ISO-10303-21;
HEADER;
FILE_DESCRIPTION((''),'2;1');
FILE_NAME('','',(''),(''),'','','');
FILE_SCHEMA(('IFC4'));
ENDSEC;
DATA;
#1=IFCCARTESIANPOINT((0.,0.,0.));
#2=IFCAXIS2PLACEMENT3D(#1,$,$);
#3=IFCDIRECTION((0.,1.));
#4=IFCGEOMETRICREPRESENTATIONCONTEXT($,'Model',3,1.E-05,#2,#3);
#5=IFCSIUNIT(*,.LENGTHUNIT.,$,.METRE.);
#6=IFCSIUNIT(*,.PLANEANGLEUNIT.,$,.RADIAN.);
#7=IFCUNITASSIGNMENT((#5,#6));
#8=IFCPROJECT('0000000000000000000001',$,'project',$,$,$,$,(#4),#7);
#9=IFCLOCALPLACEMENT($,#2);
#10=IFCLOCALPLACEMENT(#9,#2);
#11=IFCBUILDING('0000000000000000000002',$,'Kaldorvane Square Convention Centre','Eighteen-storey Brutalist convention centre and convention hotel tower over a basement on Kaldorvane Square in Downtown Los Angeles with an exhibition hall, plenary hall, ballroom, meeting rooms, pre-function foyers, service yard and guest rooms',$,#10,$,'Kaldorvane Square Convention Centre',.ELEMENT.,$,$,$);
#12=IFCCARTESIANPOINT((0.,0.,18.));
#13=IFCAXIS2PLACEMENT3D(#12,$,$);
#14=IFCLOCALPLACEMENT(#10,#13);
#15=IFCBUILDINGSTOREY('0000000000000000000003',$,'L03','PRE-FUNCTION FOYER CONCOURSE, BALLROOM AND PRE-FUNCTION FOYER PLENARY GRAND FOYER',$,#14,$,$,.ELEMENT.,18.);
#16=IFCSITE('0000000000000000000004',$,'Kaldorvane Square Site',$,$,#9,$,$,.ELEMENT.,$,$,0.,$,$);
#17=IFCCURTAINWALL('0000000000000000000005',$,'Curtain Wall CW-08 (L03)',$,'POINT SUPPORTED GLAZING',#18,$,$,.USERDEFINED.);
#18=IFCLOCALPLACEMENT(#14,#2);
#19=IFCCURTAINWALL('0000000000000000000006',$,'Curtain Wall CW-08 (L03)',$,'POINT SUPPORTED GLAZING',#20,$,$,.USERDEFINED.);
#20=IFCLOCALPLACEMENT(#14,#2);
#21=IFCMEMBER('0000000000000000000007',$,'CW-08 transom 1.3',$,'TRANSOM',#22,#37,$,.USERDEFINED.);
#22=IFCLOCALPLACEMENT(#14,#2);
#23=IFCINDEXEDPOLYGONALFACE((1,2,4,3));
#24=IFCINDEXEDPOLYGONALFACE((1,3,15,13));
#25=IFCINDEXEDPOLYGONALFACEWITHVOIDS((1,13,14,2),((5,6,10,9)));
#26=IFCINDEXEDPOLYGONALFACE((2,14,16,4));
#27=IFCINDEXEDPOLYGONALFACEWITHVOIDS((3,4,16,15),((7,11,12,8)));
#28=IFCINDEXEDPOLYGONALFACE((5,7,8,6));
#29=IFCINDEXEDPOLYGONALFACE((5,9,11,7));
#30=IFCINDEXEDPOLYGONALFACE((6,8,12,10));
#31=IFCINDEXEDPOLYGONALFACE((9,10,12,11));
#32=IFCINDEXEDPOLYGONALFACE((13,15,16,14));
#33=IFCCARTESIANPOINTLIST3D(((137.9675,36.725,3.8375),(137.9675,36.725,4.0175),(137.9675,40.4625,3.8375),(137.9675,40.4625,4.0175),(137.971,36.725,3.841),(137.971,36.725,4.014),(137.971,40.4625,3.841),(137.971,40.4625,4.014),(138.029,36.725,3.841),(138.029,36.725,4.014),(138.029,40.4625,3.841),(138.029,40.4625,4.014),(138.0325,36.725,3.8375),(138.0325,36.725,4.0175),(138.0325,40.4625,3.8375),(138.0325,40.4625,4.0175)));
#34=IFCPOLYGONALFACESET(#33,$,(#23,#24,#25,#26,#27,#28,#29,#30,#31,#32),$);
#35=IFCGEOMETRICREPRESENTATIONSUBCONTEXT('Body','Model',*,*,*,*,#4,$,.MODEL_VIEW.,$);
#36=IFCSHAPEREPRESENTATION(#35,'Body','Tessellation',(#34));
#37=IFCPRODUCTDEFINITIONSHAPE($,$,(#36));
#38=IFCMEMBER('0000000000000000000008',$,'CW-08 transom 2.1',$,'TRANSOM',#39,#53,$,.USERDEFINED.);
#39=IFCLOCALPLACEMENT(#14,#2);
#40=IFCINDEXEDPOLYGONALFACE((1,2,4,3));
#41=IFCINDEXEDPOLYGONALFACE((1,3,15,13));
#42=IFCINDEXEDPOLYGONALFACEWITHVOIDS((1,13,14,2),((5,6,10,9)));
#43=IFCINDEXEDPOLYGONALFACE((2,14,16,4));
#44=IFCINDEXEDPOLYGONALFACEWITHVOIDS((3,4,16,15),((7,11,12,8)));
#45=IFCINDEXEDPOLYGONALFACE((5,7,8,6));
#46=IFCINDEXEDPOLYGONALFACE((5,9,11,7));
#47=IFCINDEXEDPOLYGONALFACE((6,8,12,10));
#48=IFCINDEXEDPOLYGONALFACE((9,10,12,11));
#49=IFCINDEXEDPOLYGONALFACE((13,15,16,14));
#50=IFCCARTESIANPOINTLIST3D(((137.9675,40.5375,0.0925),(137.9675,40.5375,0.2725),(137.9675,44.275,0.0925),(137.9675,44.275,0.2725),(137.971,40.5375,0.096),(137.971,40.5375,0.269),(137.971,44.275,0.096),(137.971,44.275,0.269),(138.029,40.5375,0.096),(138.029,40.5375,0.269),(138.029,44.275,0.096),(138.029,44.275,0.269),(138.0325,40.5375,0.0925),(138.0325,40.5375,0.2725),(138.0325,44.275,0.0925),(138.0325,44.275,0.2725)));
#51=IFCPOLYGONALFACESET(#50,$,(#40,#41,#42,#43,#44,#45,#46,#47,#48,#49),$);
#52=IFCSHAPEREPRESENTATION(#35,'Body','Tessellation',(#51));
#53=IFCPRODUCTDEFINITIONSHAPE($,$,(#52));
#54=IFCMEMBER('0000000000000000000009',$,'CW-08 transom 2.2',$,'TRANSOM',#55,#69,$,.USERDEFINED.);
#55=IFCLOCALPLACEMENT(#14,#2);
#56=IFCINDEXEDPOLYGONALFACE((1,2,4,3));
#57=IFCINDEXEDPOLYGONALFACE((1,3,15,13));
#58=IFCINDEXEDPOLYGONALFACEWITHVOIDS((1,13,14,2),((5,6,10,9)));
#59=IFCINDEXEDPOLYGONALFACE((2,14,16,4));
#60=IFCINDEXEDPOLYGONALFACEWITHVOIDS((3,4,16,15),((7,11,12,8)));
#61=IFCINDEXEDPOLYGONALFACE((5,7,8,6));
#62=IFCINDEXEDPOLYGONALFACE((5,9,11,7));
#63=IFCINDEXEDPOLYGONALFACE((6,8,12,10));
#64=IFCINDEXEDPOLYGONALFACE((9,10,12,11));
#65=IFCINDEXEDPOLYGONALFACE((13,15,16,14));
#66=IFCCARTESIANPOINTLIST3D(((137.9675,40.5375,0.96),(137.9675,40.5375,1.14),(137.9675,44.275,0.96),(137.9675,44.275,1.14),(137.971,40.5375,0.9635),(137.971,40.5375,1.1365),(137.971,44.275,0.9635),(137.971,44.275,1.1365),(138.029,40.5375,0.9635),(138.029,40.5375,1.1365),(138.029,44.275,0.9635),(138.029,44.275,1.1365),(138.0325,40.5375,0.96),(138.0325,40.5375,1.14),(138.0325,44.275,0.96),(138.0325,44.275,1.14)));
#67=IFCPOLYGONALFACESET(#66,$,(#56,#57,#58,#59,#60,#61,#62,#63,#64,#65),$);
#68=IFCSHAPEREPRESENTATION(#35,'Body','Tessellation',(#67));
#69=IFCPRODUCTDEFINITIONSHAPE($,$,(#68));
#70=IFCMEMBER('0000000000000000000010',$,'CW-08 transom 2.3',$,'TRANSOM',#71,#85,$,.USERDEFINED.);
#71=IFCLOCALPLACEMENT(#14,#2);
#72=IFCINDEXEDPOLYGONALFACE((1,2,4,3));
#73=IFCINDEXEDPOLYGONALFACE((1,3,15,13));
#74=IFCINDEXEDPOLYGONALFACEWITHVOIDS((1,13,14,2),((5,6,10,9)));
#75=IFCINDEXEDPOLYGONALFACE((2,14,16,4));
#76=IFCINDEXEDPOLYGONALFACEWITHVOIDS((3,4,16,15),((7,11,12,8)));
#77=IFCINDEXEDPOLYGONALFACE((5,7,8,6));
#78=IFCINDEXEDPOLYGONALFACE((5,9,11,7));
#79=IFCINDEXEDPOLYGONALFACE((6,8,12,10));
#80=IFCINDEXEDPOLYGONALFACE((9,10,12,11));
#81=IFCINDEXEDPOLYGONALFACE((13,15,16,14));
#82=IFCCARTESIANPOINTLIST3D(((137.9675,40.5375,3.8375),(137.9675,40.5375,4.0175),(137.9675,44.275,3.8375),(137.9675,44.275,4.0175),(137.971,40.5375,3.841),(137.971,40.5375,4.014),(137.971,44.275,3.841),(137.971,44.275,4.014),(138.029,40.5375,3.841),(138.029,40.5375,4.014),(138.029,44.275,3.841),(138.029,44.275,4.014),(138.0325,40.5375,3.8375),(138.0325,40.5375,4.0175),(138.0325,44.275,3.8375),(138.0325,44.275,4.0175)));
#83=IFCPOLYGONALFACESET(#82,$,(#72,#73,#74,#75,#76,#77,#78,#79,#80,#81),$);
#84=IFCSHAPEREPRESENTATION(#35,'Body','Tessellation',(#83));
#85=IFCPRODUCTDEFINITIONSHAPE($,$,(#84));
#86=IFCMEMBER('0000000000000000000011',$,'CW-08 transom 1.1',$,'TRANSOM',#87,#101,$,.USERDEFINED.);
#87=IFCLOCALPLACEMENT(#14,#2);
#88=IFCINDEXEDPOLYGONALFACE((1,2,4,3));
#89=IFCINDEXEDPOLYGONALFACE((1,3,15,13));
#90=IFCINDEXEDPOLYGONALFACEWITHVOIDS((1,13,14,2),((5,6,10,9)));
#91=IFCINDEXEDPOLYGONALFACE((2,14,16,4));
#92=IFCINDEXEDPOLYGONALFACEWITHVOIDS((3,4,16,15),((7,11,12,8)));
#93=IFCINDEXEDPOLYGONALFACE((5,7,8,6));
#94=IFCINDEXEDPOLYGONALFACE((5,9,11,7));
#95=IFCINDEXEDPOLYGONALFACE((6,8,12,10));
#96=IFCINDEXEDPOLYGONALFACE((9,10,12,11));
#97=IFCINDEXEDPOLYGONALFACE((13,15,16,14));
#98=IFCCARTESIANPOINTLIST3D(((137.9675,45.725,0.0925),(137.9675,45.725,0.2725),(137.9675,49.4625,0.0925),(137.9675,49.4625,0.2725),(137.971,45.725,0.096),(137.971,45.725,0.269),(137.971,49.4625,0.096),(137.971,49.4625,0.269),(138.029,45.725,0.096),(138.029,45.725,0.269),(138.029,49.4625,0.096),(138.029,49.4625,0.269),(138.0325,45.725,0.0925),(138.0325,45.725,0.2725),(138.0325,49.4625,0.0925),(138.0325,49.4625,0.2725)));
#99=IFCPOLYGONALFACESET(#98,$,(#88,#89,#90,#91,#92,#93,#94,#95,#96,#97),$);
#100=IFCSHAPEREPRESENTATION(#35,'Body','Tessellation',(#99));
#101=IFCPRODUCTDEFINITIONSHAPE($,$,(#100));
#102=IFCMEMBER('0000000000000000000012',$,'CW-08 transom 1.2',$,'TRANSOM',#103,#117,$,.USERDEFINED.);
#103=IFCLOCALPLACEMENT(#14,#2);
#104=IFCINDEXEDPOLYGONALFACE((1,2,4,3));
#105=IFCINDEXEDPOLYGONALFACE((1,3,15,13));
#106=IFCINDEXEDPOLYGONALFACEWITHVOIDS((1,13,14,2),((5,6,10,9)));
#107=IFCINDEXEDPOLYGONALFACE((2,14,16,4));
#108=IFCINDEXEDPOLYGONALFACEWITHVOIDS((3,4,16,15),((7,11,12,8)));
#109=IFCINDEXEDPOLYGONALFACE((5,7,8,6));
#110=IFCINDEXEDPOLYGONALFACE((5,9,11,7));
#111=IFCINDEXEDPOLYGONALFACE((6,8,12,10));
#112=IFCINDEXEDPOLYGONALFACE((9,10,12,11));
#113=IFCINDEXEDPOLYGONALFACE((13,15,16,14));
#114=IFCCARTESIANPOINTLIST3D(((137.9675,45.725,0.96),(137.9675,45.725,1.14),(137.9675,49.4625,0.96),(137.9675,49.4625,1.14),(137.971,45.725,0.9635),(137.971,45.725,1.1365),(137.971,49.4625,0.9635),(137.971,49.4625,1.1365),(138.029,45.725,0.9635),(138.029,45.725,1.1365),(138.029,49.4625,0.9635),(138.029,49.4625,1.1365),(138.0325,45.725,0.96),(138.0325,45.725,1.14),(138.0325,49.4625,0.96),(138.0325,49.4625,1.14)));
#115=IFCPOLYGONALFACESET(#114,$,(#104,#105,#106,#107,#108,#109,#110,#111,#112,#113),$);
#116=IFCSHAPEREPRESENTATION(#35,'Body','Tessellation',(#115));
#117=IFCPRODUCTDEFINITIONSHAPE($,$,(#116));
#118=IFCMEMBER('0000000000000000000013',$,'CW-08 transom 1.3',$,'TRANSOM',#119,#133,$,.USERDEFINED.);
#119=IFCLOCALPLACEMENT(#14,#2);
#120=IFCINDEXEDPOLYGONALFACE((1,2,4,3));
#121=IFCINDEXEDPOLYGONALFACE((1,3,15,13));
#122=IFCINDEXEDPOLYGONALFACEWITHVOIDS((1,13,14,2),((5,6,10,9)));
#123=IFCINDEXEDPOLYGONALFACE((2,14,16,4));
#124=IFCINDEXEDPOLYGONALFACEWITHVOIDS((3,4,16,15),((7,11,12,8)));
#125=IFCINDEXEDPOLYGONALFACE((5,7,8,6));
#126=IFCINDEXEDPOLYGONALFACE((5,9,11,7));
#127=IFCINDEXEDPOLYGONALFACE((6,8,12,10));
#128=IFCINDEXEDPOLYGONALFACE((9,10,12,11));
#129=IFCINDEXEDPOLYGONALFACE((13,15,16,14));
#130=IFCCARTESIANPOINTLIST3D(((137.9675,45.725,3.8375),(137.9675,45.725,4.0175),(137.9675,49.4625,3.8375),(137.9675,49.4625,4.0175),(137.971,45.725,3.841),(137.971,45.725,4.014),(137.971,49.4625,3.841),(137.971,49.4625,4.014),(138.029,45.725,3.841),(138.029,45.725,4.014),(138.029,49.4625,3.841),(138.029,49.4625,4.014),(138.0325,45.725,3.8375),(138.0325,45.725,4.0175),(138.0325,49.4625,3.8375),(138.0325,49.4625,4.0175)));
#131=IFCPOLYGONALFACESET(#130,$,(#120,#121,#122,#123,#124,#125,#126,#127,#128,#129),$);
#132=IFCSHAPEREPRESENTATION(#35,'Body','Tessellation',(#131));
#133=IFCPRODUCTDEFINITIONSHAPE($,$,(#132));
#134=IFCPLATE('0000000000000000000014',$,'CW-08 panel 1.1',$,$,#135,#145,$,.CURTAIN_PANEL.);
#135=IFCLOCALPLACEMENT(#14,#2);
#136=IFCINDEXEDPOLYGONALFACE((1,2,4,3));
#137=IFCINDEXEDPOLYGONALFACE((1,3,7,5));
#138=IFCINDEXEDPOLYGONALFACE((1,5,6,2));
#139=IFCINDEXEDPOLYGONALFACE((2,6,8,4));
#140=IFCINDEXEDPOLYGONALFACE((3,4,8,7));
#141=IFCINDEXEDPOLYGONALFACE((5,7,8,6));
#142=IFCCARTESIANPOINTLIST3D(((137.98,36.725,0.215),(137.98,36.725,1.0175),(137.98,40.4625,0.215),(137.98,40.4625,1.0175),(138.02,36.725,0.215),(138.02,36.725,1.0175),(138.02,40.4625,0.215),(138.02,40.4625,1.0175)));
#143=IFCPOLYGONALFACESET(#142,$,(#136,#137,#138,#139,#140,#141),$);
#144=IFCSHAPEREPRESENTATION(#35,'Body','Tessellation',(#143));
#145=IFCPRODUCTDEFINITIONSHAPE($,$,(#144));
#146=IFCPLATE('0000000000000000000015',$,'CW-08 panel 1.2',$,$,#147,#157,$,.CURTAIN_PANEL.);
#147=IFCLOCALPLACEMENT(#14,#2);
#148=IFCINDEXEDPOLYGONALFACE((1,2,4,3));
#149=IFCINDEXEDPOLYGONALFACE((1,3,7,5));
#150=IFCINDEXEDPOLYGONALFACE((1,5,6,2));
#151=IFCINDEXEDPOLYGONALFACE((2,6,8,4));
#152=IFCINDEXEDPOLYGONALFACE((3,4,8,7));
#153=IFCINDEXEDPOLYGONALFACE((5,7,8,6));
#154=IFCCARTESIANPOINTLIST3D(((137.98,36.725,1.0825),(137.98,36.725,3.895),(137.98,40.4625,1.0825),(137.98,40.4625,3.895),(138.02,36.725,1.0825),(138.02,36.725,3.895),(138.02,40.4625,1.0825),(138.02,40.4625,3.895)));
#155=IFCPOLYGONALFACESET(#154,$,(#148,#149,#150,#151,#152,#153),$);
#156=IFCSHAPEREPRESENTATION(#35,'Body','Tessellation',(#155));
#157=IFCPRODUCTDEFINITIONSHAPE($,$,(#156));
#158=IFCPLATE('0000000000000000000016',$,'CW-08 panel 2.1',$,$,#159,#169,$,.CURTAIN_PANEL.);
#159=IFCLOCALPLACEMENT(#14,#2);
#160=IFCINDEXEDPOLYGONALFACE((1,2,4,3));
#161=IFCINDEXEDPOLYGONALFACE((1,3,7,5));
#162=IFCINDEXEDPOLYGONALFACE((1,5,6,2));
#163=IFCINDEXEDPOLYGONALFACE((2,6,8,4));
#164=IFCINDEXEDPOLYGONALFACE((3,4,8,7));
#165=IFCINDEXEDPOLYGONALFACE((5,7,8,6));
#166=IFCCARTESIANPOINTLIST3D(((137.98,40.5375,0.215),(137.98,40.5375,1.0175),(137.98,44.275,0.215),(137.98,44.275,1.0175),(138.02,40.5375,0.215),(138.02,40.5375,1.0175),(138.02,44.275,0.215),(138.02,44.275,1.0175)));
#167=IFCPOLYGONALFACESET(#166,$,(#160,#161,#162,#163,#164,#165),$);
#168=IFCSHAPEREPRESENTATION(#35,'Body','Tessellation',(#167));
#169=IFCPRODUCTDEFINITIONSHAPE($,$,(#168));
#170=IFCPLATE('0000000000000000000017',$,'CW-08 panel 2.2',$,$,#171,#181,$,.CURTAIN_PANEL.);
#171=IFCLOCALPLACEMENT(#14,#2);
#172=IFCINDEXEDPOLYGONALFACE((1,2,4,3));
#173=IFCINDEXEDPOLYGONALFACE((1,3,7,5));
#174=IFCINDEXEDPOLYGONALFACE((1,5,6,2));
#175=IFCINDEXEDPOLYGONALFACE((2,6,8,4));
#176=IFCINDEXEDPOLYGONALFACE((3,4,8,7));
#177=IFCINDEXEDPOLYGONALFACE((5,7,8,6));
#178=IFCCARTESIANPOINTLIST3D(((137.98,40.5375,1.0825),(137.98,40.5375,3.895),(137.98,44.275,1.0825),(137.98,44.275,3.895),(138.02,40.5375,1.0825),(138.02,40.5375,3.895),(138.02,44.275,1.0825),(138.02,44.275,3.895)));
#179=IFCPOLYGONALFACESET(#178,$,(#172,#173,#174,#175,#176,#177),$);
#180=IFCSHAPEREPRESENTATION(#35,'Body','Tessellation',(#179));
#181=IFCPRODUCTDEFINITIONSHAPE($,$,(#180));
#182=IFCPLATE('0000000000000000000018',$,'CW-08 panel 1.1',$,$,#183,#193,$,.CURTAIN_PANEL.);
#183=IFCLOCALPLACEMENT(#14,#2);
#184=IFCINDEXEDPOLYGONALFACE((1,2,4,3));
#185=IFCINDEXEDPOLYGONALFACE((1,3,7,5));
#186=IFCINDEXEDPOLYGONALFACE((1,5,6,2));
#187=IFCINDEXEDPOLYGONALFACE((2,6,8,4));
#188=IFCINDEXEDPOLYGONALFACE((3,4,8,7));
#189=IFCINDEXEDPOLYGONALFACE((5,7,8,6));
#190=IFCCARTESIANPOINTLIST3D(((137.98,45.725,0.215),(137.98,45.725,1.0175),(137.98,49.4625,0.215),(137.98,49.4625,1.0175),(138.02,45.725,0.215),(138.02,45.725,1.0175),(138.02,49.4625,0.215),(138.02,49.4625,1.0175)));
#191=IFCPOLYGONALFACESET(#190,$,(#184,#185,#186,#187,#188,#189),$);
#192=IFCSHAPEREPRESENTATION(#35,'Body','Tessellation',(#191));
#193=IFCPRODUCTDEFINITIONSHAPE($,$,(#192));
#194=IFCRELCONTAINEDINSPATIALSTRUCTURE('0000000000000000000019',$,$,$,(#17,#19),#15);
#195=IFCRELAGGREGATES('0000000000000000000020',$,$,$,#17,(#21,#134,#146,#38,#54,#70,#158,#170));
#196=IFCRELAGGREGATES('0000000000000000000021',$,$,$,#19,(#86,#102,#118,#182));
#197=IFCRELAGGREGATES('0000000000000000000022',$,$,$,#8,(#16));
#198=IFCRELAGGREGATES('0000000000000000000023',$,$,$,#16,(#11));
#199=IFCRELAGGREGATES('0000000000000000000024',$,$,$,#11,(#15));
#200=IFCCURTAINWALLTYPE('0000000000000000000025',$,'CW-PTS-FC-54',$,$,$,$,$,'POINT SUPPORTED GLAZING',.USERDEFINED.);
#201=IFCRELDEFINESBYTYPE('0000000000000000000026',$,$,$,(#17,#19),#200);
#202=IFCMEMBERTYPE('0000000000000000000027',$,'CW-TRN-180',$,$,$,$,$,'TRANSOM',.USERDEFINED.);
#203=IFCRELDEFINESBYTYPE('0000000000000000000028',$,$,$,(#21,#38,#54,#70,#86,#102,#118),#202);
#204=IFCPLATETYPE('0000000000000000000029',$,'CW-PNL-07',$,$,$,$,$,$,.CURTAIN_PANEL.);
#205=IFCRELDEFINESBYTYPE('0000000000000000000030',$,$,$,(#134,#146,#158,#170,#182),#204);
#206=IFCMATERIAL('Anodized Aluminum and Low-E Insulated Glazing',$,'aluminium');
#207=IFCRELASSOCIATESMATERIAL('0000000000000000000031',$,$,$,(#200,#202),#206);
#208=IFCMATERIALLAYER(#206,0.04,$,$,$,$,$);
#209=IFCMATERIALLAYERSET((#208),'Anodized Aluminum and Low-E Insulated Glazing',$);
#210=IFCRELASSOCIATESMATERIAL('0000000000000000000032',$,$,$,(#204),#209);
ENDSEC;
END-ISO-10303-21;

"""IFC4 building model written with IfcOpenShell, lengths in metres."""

from ifc_helpers import new_model, si_unit, direction, frame, origin, origin_2d, place, context, subcontext, project, spatial, rectangle, hollow_rectangle, extrude, material, layer, layer_set, material_profile, profile_set, type_object, element, aggregate, save


model = new_model("IFC4")

# Units and contexts
model_context = context("Model", 3, precision=1e-05, world=origin(), true_north=direction((0.0, 1.0)))
body_context = subcontext(model_context, "Body", "Model", "MODEL_VIEW")
ifc_project = project(units=[si_unit("LENGTHUNIT", "METRE"), si_unit("PLANEANGLEUNIT", "RADIAN")], contexts=[model_context])

# Site, building, storey
site_placement = place(None, origin())
site = spatial("IfcSite", under=ifc_project, at=site_placement, Name="Kaldorvane Square Site", CompositionType="ELEMENT", RefElevation=0.0)
building_placement = place(site_placement, origin())
building = spatial("IfcBuilding", under=site, at=building_placement, Name="Kaldorvane Square Convention Centre", Description="Eighteen-storey Brutalist convention centre and convention hotel tower over a basement on Kaldorvane Square in Downtown Los Angeles with an exhibition hall, plenary hall, ballroom, meeting rooms, pre-function foyers, service yard and guest rooms", LongName="Kaldorvane Square Convention Centre", CompositionType="ELEMENT")
storey_placement = place(building_placement, frame((0.0, 0.0, 18.0)))
storey = spatial("IfcBuildingStorey", under=building, at=storey_placement, Name="L03", Description="PRE-FUNCTION FOYER CONCOURSE, BALLROOM AND PRE-FUNCTION FOYER PLENARY GRAND FOYER", CompositionType="ELEMENT", Elevation=18.0)

# Curtain walls
ifc_material_1 = material(Name="Anodized Aluminum and Low-E Insulated Glazing", Category="aluminium")
curtain_wall_type = type_object("IfcCurtainWallType", Name="CW-PTS-FC-54", ElementType="POINT SUPPORTED GLAZING", PredefinedType="USERDEFINED", material=ifc_material_1)
curtain_wall_1_placement = place(storey_placement, origin())
curtain_wall_1 = element("IfcCurtainWall", 1, at=curtain_wall_1_placement, inside=storey, type_object=curtain_wall_type, Name="Curtain Wall CW-08 (L03)", ObjectType="POINT SUPPORTED GLAZING", PredefinedType="USERDEFINED")
curtain_wall_2_placement = place(storey_placement, origin())
curtain_wall_2 = element("IfcCurtainWall", 2, at=curtain_wall_2_placement, inside=storey, type_object=curtain_wall_type, Name="Curtain Wall CW-08 (L03)", ObjectType="POINT SUPPORTED GLAZING", PredefinedType="USERDEFINED")

# Members
ifc_material_profile_1 = material_profile(ifc_material_1, hollow_rectangle(XDim=0.065, YDim=0.18, WallThickness=0.0035, at=origin_2d()), Name="CWT-180X65")
ifc_profile_set_1 = profile_set([ifc_material_profile_1], Name="Anodized Aluminum and Low-E Insulated Glazing")
member_type_1 = type_object("IfcMemberType", Name="CW-TRN-180", ElementType="TRANSOM", PredefinedType="USERDEFINED", material=ifc_profile_set_1)
member_1_placement = place(storey_placement, frame((138.0, 36.725, 3.9275), z_axis=(0.0, 1.0, 0.0), x_axis=(-1.0, 0.0, 0.0)))
member_1 = element("IfcMember", 3, at=member_1_placement, type_object=member_type_1, Name="CW-08 transom 1.3", ObjectType="TRANSOM", PredefinedType="USERDEFINED", context=body_context, shape_type="SweptSolid", body=[
    extrude(hollow_rectangle(XDim=0.065, YDim=0.18, WallThickness=0.0035, at=origin_2d()), origin(), (0.0, 0.0, 1.0), 3.7375),
])
member_2_placement = place(storey_placement, frame((138.0, 40.5375, 0.1825), z_axis=(0.0, 1.0, 0.0), x_axis=(-1.0, 0.0, 0.0)))
member_2 = element("IfcMember", 4, at=member_2_placement, type_object=member_type_1, Name="CW-08 transom 2.1", ObjectType="TRANSOM", PredefinedType="USERDEFINED", context=body_context, shape_type="SweptSolid", body=[
    extrude(hollow_rectangle(XDim=0.065, YDim=0.18, WallThickness=0.0035, at=origin_2d()), origin(), (0.0, 0.0, 1.0), 3.7375),
])
member_3_placement = place(storey_placement, frame((138.0, 40.5375, 1.05), z_axis=(0.0, 1.0, 0.0), x_axis=(-1.0, 0.0, 0.0)))
member_3 = element("IfcMember", 5, at=member_3_placement, type_object=member_type_1, Name="CW-08 transom 2.2", ObjectType="TRANSOM", PredefinedType="USERDEFINED", context=body_context, shape_type="SweptSolid", body=[
    extrude(hollow_rectangle(XDim=0.065, YDim=0.18, WallThickness=0.0035, at=origin_2d()), origin(), (0.0, 0.0, 1.0), 3.7375),
])
member_4_placement = place(storey_placement, frame((138.0, 40.5375, 3.9275), z_axis=(0.0, 1.0, 0.0), x_axis=(-1.0, 0.0, 0.0)))
member_4 = element("IfcMember", 6, at=member_4_placement, type_object=member_type_1, Name="CW-08 transom 2.3", ObjectType="TRANSOM", PredefinedType="USERDEFINED", context=body_context, shape_type="SweptSolid", body=[
    extrude(hollow_rectangle(XDim=0.065, YDim=0.18, WallThickness=0.0035, at=origin_2d()), origin(), (0.0, 0.0, 1.0), 3.7375),
])
member_5_placement = place(storey_placement, frame((138.0, 45.725, 0.1825), z_axis=(0.0, 1.0, 0.0), x_axis=(-1.0, 0.0, 0.0)))
member_5 = element("IfcMember", 7, at=member_5_placement, type_object=member_type_1, Name="CW-08 transom 1.1", ObjectType="TRANSOM", PredefinedType="USERDEFINED", context=body_context, shape_type="SweptSolid", body=[
    extrude(hollow_rectangle(XDim=0.065, YDim=0.18, WallThickness=0.0035, at=origin_2d()), origin(), (0.0, 0.0, 1.0), 3.7375),
])
member_6_placement = place(storey_placement, frame((138.0, 45.725, 1.05), z_axis=(0.0, 1.0, 0.0), x_axis=(-1.0, 0.0, 0.0)))
member_6 = element("IfcMember", 8, at=member_6_placement, type_object=member_type_1, Name="CW-08 transom 1.2", ObjectType="TRANSOM", PredefinedType="USERDEFINED", context=body_context, shape_type="SweptSolid", body=[
    extrude(hollow_rectangle(XDim=0.065, YDim=0.18, WallThickness=0.0035, at=origin_2d()), origin(), (0.0, 0.0, 1.0), 3.7375),
])
member_7_placement = place(storey_placement, frame((138.0, 45.725, 3.9275), z_axis=(0.0, 1.0, 0.0), x_axis=(-1.0, 0.0, 0.0)))
member_7 = element("IfcMember", 9, at=member_7_placement, type_object=member_type_1, Name="CW-08 transom 1.3", ObjectType="TRANSOM", PredefinedType="USERDEFINED", context=body_context, shape_type="SweptSolid", body=[
    extrude(hollow_rectangle(XDim=0.065, YDim=0.18, WallThickness=0.0035, at=origin_2d()), origin(), (0.0, 0.0, 1.0), 3.7375),
])

# Plates
ifc_layer_1 = layer(ifc_material_1, 0.04)
ifc_layer_set_1 = layer_set([ifc_layer_1], Name="Anodized Aluminum and Low-E Insulated Glazing")
plate_type = type_object("IfcPlateType", Name="CW-PNL-07", PredefinedType="CURTAIN_PANEL", material=ifc_layer_set_1)
plate_1_placement = place(storey_placement, frame((138.0, 38.5938, 0.215), z_axis=(0.0, 0.0, 1.0), x_axis=(0.0, 1.0, 0.0)))
plate_1 = element("IfcPlate", 10, at=plate_1_placement, type_object=plate_type, Name="CW-08 panel 1.1", PredefinedType="CURTAIN_PANEL", context=body_context, shape_type="SweptSolid", body=[
    extrude(rectangle(XDim=3.7375, YDim=0.04, at=origin_2d()), origin(), (0.0, 0.0, 1.0), 0.8025),
])
plate_2_placement = place(storey_placement, frame((138.0, 38.5938, 1.0825), z_axis=(0.0, 0.0, 1.0), x_axis=(0.0, 1.0, 0.0)))
plate_2 = element("IfcPlate", 11, at=plate_2_placement, type_object=plate_type, Name="CW-08 panel 1.2", PredefinedType="CURTAIN_PANEL", context=body_context, shape_type="SweptSolid", body=[
    extrude(rectangle(XDim=3.7375, YDim=0.04, at=origin_2d()), origin(), (0.0, 0.0, 1.0), 2.8125),
])
plate_3_placement = place(storey_placement, frame((138.0, 42.4062, 0.215), z_axis=(0.0, 0.0, 1.0), x_axis=(0.0, 1.0, 0.0)))
plate_3 = element("IfcPlate", 12, at=plate_3_placement, type_object=plate_type, Name="CW-08 panel 2.1", PredefinedType="CURTAIN_PANEL", context=body_context, shape_type="SweptSolid", body=[
    extrude(rectangle(XDim=3.7375, YDim=0.04, at=origin_2d()), origin(), (0.0, 0.0, 1.0), 0.8025),
])
plate_4_placement = place(storey_placement, frame((138.0, 42.4062, 1.0825), z_axis=(0.0, 0.0, 1.0), x_axis=(0.0, 1.0, 0.0)))
plate_4 = element("IfcPlate", 13, at=plate_4_placement, type_object=plate_type, Name="CW-08 panel 2.2", PredefinedType="CURTAIN_PANEL", context=body_context, shape_type="SweptSolid", body=[
    extrude(rectangle(XDim=3.7375, YDim=0.04, at=origin_2d()), origin(), (0.0, 0.0, 1.0), 2.8125),
])
aggregate(curtain_wall_1, [member_1, plate_1, plate_2, member_2, member_3, member_4, plate_3, plate_4])
plate_5_placement = place(storey_placement, frame((138.0, 47.5938, 0.215), z_axis=(0.0, 0.0, 1.0), x_axis=(0.0, 1.0, 0.0)))
plate_5 = element("IfcPlate", 14, at=plate_5_placement, type_object=plate_type, Name="CW-08 panel 1.1", PredefinedType="CURTAIN_PANEL", context=body_context, shape_type="SweptSolid", body=[
    extrude(rectangle(XDim=3.7375, YDim=0.04, at=origin_2d()), origin(), (0.0, 0.0, 1.0), 0.8025),
])
aggregate(curtain_wall_2, [member_5, member_6, member_7, plate_5])

save(model, "model.ifc")
